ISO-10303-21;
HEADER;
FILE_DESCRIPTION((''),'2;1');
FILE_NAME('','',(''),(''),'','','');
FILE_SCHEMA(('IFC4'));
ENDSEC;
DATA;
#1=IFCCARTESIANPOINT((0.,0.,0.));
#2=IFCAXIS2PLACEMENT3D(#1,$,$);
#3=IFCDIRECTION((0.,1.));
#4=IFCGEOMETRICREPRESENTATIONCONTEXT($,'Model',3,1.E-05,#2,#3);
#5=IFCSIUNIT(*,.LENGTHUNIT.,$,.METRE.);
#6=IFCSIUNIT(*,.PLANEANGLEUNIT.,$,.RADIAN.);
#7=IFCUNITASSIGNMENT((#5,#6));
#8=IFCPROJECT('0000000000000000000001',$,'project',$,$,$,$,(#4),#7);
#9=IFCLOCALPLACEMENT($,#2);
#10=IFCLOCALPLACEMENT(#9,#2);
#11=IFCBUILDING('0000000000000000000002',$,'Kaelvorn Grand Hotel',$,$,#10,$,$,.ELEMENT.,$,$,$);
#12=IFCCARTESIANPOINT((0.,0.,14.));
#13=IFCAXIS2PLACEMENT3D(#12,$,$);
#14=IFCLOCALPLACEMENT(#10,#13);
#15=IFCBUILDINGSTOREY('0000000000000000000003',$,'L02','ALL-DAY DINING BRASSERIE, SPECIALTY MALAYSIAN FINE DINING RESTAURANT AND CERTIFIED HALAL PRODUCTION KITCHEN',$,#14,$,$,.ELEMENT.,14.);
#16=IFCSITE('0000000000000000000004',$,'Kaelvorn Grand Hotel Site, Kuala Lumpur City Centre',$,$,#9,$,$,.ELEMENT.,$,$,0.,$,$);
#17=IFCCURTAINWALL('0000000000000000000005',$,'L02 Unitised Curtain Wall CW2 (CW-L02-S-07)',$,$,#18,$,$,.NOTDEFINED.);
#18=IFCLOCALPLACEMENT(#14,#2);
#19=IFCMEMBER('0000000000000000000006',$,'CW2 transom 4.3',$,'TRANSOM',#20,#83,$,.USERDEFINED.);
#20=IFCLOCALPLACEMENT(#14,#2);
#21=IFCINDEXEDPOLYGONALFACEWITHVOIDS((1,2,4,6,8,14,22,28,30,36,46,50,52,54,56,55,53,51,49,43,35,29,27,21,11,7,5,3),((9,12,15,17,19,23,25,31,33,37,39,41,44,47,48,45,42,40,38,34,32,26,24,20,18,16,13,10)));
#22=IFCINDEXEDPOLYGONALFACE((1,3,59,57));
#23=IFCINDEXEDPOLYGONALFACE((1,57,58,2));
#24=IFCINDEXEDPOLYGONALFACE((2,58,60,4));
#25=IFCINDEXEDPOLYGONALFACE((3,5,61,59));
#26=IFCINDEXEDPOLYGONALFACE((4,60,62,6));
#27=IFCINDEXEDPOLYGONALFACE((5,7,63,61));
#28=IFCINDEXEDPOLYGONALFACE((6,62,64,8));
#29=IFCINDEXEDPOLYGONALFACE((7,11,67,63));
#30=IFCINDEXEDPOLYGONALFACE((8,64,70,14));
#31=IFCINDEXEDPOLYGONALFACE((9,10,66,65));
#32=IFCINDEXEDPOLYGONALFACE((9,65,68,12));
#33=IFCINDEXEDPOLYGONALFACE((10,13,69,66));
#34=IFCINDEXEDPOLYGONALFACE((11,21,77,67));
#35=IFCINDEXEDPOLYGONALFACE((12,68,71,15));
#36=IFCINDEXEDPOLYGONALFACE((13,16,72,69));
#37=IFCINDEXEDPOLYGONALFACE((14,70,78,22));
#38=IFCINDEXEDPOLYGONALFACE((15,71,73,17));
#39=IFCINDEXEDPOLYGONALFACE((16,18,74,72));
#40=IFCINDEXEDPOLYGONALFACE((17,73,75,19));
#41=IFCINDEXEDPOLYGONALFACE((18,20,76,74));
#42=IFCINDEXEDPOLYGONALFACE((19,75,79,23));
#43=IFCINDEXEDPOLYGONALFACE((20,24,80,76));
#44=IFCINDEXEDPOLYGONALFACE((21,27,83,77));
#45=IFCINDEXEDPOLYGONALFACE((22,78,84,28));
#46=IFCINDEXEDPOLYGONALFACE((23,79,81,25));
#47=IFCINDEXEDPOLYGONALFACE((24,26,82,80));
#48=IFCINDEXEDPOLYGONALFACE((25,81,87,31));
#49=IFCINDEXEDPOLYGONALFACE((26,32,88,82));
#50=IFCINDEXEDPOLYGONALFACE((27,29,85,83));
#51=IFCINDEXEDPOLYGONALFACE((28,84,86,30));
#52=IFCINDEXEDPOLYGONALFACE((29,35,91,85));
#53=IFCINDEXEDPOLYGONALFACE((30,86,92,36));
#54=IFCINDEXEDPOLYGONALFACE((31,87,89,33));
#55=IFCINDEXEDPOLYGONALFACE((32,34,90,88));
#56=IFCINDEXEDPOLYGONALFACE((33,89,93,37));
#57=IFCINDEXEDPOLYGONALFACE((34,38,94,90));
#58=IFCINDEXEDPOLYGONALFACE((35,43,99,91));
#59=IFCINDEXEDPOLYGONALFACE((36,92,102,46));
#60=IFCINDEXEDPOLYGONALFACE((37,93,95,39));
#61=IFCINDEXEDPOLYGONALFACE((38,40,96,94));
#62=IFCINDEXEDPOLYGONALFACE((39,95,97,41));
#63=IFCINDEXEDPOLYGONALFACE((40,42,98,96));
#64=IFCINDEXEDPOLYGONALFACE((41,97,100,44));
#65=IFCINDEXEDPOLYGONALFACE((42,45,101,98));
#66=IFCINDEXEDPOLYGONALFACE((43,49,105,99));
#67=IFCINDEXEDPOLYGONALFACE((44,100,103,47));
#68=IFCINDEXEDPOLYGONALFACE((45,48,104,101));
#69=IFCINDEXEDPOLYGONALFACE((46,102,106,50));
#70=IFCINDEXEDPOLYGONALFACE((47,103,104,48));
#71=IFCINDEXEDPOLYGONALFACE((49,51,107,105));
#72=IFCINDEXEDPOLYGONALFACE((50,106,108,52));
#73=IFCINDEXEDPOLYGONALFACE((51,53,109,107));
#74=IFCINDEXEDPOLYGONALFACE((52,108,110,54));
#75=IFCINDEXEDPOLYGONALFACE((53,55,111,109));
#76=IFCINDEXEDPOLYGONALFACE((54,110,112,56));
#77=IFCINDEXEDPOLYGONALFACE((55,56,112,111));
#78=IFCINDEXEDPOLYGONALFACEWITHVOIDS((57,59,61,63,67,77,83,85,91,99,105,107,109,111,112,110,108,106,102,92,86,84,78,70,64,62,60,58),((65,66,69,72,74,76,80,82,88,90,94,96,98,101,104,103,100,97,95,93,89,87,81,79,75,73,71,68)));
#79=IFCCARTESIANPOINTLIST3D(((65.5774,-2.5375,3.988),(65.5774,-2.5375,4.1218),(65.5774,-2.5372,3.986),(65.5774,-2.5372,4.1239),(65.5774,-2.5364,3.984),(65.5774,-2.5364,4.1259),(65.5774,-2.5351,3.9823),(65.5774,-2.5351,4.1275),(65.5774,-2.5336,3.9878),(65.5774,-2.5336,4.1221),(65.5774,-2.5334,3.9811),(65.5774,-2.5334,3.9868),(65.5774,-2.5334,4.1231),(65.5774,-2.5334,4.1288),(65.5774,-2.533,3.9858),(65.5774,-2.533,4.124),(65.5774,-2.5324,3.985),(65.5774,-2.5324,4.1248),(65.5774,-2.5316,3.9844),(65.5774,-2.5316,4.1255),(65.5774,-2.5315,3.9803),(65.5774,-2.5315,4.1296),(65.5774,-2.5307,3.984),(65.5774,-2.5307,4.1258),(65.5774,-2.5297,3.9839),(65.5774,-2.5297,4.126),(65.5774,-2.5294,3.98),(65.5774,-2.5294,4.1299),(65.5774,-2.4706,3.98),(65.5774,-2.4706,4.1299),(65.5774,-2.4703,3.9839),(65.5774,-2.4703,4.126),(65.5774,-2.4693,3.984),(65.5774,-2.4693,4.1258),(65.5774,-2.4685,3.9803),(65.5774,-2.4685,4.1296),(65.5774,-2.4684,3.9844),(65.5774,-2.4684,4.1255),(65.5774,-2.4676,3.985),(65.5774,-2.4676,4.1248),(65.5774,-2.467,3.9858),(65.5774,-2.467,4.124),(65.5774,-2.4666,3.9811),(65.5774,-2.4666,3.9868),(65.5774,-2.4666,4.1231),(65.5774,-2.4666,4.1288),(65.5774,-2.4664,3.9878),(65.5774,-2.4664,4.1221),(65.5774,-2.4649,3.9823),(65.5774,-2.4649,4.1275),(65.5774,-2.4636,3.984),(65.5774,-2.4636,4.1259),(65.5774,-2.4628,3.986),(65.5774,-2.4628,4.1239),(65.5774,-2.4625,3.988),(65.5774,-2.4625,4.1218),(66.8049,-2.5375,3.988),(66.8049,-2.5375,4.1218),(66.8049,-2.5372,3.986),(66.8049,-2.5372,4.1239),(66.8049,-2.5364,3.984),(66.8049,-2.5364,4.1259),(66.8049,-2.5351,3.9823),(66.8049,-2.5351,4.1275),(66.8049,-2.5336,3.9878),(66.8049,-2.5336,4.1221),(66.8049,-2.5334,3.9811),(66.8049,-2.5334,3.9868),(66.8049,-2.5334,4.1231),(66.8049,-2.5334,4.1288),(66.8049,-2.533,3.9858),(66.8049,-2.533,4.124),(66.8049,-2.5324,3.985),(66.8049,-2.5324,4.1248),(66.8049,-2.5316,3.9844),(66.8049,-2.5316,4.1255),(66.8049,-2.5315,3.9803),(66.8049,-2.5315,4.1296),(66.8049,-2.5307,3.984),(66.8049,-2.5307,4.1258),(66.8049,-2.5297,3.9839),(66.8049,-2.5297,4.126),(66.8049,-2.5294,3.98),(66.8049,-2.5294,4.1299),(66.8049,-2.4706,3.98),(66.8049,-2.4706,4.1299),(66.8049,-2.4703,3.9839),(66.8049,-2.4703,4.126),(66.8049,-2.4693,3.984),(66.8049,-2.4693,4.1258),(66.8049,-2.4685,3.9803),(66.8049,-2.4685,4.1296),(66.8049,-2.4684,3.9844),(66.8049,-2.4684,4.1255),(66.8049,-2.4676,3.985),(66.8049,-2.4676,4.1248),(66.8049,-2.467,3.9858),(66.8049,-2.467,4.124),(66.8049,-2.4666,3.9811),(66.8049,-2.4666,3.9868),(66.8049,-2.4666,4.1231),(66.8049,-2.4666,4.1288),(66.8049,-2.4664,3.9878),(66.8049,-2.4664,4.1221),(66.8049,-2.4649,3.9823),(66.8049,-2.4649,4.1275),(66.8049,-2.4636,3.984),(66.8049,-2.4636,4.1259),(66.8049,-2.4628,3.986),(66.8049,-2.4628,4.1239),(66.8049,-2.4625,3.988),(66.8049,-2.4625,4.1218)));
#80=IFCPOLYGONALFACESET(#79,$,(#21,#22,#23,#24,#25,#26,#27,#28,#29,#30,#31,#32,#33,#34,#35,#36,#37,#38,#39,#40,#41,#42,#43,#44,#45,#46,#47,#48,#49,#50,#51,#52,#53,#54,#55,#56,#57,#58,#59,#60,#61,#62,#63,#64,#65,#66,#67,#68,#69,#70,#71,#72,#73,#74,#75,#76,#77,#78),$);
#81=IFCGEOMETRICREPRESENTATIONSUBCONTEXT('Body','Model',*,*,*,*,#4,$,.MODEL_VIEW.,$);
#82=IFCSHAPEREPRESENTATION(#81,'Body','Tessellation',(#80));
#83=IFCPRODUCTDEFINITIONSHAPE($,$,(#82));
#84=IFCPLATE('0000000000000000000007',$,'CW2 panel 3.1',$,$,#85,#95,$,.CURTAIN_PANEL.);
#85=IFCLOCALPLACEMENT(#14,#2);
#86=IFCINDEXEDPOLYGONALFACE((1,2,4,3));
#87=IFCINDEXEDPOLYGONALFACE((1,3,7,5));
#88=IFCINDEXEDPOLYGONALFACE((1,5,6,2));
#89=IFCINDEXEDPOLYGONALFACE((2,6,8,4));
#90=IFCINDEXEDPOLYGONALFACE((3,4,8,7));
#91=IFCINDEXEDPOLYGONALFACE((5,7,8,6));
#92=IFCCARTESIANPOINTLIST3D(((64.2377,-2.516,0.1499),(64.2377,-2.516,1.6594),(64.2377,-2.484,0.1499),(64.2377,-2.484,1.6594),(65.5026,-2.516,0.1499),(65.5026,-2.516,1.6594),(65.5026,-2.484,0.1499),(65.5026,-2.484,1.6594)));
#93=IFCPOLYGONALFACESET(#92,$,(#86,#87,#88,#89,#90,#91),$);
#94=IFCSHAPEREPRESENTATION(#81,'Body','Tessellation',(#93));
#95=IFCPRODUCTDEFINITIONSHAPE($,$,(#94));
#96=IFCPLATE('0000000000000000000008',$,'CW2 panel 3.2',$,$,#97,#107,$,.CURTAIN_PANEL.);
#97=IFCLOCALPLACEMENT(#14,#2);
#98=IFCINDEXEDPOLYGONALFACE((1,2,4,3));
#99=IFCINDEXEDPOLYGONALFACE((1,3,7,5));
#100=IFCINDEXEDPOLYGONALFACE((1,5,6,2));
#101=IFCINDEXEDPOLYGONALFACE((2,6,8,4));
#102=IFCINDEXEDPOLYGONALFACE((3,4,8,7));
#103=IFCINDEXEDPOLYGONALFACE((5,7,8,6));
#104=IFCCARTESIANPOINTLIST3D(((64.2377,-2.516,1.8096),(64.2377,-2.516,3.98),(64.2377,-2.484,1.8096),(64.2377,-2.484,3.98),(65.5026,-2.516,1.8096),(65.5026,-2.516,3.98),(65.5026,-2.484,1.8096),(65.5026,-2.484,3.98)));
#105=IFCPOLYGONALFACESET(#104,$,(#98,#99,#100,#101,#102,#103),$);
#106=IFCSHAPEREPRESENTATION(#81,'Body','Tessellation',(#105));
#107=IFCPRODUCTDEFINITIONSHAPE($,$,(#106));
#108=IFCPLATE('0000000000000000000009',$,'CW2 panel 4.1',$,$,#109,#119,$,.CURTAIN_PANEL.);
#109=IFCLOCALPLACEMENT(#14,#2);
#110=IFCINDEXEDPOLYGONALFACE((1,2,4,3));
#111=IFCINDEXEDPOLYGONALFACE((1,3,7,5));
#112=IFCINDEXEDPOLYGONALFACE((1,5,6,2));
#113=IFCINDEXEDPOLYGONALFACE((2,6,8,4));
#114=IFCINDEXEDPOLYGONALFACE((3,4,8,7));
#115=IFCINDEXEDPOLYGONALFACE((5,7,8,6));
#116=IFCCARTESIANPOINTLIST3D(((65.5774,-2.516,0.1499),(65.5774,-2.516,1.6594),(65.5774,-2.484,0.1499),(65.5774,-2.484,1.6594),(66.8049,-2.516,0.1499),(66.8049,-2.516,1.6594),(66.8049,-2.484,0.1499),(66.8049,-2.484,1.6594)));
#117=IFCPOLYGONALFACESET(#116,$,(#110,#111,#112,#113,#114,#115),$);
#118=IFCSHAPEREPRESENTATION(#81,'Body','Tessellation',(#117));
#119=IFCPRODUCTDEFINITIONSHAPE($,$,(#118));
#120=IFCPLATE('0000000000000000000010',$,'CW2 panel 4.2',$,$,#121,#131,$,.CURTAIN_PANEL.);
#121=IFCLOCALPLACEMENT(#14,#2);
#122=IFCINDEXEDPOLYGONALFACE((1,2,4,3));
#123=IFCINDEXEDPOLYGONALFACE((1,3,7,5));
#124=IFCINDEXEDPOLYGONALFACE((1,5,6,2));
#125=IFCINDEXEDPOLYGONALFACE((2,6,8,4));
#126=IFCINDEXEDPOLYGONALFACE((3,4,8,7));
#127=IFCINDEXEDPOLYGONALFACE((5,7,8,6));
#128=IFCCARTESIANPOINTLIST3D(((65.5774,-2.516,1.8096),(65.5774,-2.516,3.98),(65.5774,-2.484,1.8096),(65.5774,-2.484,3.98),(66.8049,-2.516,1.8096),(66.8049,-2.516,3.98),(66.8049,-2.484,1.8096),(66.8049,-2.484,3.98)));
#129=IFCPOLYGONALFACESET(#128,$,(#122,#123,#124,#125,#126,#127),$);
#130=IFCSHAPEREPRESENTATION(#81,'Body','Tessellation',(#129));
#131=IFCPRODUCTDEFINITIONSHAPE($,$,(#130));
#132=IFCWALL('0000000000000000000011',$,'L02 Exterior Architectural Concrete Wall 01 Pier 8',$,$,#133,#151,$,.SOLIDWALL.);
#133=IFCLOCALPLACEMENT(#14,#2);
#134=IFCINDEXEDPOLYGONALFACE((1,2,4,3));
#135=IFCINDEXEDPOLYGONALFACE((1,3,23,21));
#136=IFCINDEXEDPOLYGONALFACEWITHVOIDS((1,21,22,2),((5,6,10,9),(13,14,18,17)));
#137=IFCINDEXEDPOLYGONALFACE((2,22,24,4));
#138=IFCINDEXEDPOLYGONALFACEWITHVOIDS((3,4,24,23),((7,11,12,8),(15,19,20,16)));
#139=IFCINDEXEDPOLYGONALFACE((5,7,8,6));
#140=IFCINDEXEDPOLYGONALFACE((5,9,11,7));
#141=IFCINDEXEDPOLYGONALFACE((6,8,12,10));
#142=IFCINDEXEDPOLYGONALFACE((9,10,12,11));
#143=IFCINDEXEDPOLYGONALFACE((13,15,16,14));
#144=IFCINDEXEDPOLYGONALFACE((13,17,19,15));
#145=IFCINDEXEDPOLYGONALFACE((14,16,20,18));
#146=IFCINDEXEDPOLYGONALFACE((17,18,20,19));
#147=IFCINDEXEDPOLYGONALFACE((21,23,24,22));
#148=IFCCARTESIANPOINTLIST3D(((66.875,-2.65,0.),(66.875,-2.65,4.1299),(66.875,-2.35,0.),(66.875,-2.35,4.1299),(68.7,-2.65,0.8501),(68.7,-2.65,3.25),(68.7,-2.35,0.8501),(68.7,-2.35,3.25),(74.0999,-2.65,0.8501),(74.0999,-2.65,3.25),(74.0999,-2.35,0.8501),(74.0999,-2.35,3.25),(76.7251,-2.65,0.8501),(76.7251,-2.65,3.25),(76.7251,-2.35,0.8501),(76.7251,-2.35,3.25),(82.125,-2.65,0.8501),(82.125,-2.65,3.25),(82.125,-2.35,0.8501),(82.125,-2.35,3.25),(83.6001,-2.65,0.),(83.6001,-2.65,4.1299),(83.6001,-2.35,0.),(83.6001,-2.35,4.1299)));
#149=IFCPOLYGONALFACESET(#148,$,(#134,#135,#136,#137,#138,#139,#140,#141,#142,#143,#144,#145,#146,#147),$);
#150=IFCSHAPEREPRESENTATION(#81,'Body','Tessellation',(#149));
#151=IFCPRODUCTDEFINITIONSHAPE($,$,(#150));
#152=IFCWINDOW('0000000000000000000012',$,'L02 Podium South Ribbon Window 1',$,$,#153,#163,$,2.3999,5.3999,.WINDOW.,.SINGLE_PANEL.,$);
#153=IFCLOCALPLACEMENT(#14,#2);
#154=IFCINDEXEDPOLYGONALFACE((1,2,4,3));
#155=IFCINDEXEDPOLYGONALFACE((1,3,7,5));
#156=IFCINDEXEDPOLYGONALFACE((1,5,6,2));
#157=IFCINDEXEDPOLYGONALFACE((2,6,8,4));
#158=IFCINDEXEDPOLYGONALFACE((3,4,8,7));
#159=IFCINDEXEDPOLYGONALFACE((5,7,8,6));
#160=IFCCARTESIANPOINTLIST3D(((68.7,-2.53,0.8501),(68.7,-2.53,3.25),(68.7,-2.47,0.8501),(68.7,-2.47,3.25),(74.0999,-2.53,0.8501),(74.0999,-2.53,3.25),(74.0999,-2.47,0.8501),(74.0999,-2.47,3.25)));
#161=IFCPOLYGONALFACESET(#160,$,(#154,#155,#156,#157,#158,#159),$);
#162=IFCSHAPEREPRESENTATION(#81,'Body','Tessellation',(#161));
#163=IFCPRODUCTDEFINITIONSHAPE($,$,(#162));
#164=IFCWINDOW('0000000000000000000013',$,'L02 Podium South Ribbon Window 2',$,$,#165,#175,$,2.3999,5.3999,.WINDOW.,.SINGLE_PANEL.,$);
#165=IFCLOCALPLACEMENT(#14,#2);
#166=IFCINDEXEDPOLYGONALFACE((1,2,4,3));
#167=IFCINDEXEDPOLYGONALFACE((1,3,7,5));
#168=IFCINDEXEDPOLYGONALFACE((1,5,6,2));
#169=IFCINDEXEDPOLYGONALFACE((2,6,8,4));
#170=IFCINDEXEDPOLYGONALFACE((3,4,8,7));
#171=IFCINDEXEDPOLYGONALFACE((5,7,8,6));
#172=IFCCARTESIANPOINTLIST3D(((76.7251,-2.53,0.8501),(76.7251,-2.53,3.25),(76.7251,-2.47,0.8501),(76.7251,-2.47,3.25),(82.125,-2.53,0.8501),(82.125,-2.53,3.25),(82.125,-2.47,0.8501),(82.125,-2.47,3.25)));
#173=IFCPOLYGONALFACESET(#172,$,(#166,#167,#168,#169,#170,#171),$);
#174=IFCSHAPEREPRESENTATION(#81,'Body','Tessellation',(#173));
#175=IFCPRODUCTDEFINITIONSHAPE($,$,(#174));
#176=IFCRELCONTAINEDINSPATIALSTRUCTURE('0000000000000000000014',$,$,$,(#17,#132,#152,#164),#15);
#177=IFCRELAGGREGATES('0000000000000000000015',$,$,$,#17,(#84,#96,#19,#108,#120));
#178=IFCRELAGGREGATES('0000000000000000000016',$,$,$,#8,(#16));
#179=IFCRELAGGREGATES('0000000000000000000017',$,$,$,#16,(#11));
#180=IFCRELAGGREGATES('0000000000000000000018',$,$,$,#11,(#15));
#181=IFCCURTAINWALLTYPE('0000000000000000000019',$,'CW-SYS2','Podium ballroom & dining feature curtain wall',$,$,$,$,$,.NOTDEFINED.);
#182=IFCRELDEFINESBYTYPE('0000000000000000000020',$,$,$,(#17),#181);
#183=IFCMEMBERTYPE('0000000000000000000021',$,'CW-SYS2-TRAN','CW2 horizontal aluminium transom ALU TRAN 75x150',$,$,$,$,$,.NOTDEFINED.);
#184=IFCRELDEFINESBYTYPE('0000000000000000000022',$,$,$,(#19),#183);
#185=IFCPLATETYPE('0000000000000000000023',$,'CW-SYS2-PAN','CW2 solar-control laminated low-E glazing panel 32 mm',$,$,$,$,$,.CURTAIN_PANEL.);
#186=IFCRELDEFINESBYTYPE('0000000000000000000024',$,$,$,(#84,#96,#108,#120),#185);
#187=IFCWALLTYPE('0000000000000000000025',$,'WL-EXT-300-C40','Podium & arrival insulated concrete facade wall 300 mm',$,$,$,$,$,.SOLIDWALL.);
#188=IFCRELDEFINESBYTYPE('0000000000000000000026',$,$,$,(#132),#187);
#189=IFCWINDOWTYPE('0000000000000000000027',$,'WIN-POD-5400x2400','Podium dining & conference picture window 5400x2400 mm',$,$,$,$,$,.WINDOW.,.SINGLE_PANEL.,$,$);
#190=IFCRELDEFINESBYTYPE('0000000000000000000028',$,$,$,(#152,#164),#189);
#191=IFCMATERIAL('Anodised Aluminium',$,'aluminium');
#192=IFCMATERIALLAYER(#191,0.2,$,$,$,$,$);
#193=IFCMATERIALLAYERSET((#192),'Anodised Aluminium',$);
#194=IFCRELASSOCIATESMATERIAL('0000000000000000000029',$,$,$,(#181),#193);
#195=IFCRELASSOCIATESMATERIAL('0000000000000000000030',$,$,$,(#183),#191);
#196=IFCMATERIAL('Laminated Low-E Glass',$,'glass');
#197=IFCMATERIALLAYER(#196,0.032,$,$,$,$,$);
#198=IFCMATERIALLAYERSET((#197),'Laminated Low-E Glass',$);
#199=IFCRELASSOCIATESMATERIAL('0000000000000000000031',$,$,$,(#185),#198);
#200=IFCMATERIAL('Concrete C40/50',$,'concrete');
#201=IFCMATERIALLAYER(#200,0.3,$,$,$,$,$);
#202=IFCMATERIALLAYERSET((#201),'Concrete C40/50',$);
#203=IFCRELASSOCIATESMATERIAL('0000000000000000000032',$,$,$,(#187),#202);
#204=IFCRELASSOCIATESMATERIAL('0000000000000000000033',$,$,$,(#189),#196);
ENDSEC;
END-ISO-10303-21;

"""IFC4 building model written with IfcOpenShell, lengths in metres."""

from ifc_helpers import new_model, si_unit, direction, frame, frame_2d, origin, origin_2d, place, context, subcontext, project, spatial, rectangle, hollow_rectangle, extrude, material, layer, layer_set, material_profile, profile_set, type_object, element, fill, aggregate, save


model = new_model("IFC4")

# Units and contexts
model_context = context("Model", 3, precision=1e-05, world=origin(), true_north=direction((0.0, 1.0)))
body_context = subcontext(model_context, "Body", "Model", "MODEL_VIEW")
ifc_project = project(units=[si_unit("LENGTHUNIT", "METRE"), si_unit("PLANEANGLEUNIT", "RADIAN")], contexts=[model_context])

# Site, building, storey
site_placement = place(None, origin())
site = spatial("IfcSite", under=ifc_project, at=site_placement, Name="Kaelvorn Grand Hotel Site, Kuala Lumpur City Centre", CompositionType="ELEMENT", RefElevation=0.0)
building_placement = place(site_placement, origin())
building = spatial("IfcBuilding", under=site, at=building_placement, Name="Kaelvorn Grand Hotel", CompositionType="ELEMENT")
storey_placement = place(building_placement, frame((0.0, 0.0, 14.0)))
storey = spatial("IfcBuildingStorey", under=building, at=storey_placement, Name="L02", Description="ALL-DAY DINING BRASSERIE, SPECIALTY MALAYSIAN FINE DINING RESTAURANT AND CERTIFIED HALAL PRODUCTION KITCHEN", CompositionType="ELEMENT", Elevation=14.0)

# Curtain wall, member, plates
ifc_material_1 = material(Name="Anodised Aluminium", Category="aluminium")
ifc_layer_1 = layer(ifc_material_1, 0.2)
ifc_layer_set_1 = layer_set([ifc_layer_1], Name="Anodised Aluminium")
curtain_wall_type = type_object("IfcCurtainWallType", Name="CW-SYS2", Description="Podium ballroom & dining feature curtain wall", PredefinedType="NOTDEFINED", material=ifc_layer_set_1)
curtain_wall_placement = place(storey_placement, origin())
curtain_wall = element("IfcCurtainWall", 1, at=curtain_wall_placement, inside=storey, type_object=curtain_wall_type, Name="L02 Unitised Curtain Wall CW2 (CW-L02-S-07)", PredefinedType="NOTDEFINED")
ifc_material_profile_1 = material_profile(ifc_material_1, hollow_rectangle(XDim=0.075, YDim=0.1499, WallThickness=0.0039, InnerFilletRadius=0.0039, OuterFilletRadius=0.0081, at=origin_2d()), Name="ALU TRAN 75x150")
ifc_profile_set_1 = profile_set([ifc_material_profile_1], Name="Anodised Aluminium")
member_type_1 = type_object("IfcMemberType", Name="CW-SYS2-TRAN", Description="CW2 horizontal aluminium transom ALU TRAN 75x150", PredefinedType="NOTDEFINED", material=ifc_profile_set_1)
member_1_placement = place(storey_placement, frame((65.5774, -2.5, 4.0549), z_axis=(1.0, 0.0, 0.0), x_axis=(0.0, 1.0, 0.0)))
member_1 = element("IfcMember", 2, at=member_1_placement, type_object=member_type_1, Name="CW2 transom 4.3", ObjectType="TRANSOM", PredefinedType="USERDEFINED", context=body_context, shape_type="SweptSolid", body=[
    extrude(hollow_rectangle(XDim=0.075, YDim=0.1499, WallThickness=0.0039, InnerFilletRadius=0.0039, OuterFilletRadius=0.0081, at=origin_2d()), origin(), (0.0, 0.0, 1.0), 1.2275),
])
ifc_material_2 = material(Name="Laminated Low-E Glass", Category="glass")
ifc_layer_2 = layer(ifc_material_2, 0.032)
ifc_layer_set_2 = layer_set([ifc_layer_2], Name="Laminated Low-E Glass")
plate_type = type_object("IfcPlateType", Name="CW-SYS2-PAN", Description="CW2 solar-control laminated low-E glazing panel 32 mm", PredefinedType="CURTAIN_PANEL", material=ifc_layer_set_2)
plate_1_placement = place(storey_placement, frame((64.8701, -2.5, 0.1499), z_axis=(0.0, 0.0, 1.0), x_axis=(1.0, 0.0, 0.0)))
plate_1 = element("IfcPlate", 3, at=plate_1_placement, type_object=plate_type, Name="CW2 panel 3.1", PredefinedType="CURTAIN_PANEL", context=body_context, shape_type="SweptSolid", body=[
    extrude(rectangle(XDim=1.2649, YDim=0.032, at=origin_2d()), origin(), (0.0, 0.0, 1.0), 1.5095),
])
plate_2_placement = place(storey_placement, frame((64.8701, -2.5, 1.8096), z_axis=(0.0, 0.0, 1.0), x_axis=(1.0, 0.0, 0.0)))
plate_2 = element("IfcPlate", 4, at=plate_2_placement, type_object=plate_type, Name="CW2 panel 3.2", PredefinedType="CURTAIN_PANEL", context=body_context, shape_type="SweptSolid", body=[
    extrude(rectangle(XDim=1.2649, YDim=0.032, at=origin_2d()), origin(), (0.0, 0.0, 1.0), 2.1704),
])
plate_3_placement = place(storey_placement, frame((66.1912, -2.5, 0.1499), z_axis=(0.0, 0.0, 1.0), x_axis=(1.0, 0.0, 0.0)))
plate_3 = element("IfcPlate", 5, at=plate_3_placement, type_object=plate_type, Name="CW2 panel 4.1", PredefinedType="CURTAIN_PANEL", context=body_context, shape_type="SweptSolid", body=[
    extrude(rectangle(XDim=1.2275, YDim=0.032, at=origin_2d()), origin(), (0.0, 0.0, 1.0), 1.5095),
])
plate_4_placement = place(storey_placement, frame((66.1912, -2.5, 1.8096), z_axis=(0.0, 0.0, 1.0), x_axis=(1.0, 0.0, 0.0)))
plate_4 = element("IfcPlate", 6, at=plate_4_placement, type_object=plate_type, Name="CW2 panel 4.2", PredefinedType="CURTAIN_PANEL", context=body_context, shape_type="SweptSolid", body=[
    extrude(rectangle(XDim=1.2275, YDim=0.032, at=origin_2d()), origin(), (0.0, 0.0, 1.0), 2.1704),
])
aggregate(curtain_wall, [plate_1, plate_2, member_1, plate_3, plate_4])

# Wall, openings, windows
ifc_material_3 = material(Name="Concrete C40/50", Category="concrete")
ifc_layer_3 = layer(ifc_material_3, 0.3)
ifc_layer_set_3 = layer_set([ifc_layer_3], Name="Concrete C40/50")
wall_type_1 = type_object("IfcWallType", Name="WL-EXT-300-C40", Description="Podium & arrival insulated concrete facade wall 300 mm", PredefinedType="SOLIDWALL", material=ifc_layer_set_3)
wall_1_placement = place(storey_placement, frame((66.875, -2.5, 0.0), z_axis=(0.0, 0.0, 1.0), x_axis=(1.0, 0.0, 0.0)))
wall_1 = element("IfcWall", 7, at=wall_1_placement, inside=storey, type_object=wall_type_1, Name="L02 Exterior Architectural Concrete Wall 01 Pier 8", PredefinedType="SOLIDWALL", context=body_context, shape_type="SweptSolid", body=[
    extrude(rectangle(XDim=16.7251, YDim=0.3, at=frame_2d((8.3625, 0.0))), origin(), (0.0, 0.0, 1.0), 4.1299),
])
opening_1_placement = place(wall_1_placement, frame((1.825, 0.0, 0.8501)))
opening_1 = element("IfcOpeningElement", 8, at=opening_1_placement, cuts=wall_1, PredefinedType="OPENING", context=body_context, shape_type="SweptSolid", body=[
    extrude(rectangle(XDim=5.3999, YDim=2.3999, at=frame_2d((2.7, 1.2))), frame((0.0, 0.1602, 0.0), z_axis=(0.0, -1.0, 0.0), x_axis=(1.0, 0.0, 0.0)), (0.0, 0.0, 1.0), 0.3201),
])
opening_2_placement = place(wall_1_placement, frame((9.8501, 0.0, 0.8501)))
opening_2 = element("IfcOpeningElement", 9, at=opening_2_placement, cuts=wall_1, PredefinedType="OPENING", context=body_context, shape_type="SweptSolid", body=[
    extrude(rectangle(XDim=5.3999, YDim=2.3999, at=frame_2d((2.7, 1.2))), frame((0.0, 0.1602, 0.0), z_axis=(0.0, -1.0, 0.0), x_axis=(1.0, 0.0, 0.0)), (0.0, 0.0, 1.0), 0.3201),
])
window_type = type_object("IfcWindowType", Name="WIN-POD-5400x2400", Description="Podium dining & conference picture window 5400x2400 mm", PartitioningType="SINGLE_PANEL", PredefinedType="WINDOW", material=ifc_material_2)
window_1_placement = place(opening_1_placement, origin())
window_1 = element("IfcWindow", 10, at=window_1_placement, inside=storey, type_object=window_type, Name="L02 Podium South Ribbon Window 1", OverallHeight=2.3999, OverallWidth=5.3999, PartitioningType="SINGLE_PANEL", PredefinedType="WINDOW", context=body_context, shape_type="SweptSolid", body=[
    extrude(rectangle(XDim=5.3999, YDim=2.3999, at=frame_2d((2.7, 1.2))), frame((0.0, 0.03, 0.0), z_axis=(0.0, -1.0, 0.0), x_axis=(1.0, 0.0, 0.0)), (0.0, 0.0, 1.0), 0.0601),
])
fill(opening_1, window_1)
window_2_placement = place(opening_2_placement, origin())
window_2 = element("IfcWindow", 11, at=window_2_placement, inside=storey, type_object=window_type, Name="L02 Podium South Ribbon Window 2", OverallHeight=2.3999, OverallWidth=5.3999, PartitioningType="SINGLE_PANEL", PredefinedType="WINDOW", context=body_context, shape_type="SweptSolid", body=[
    extrude(rectangle(XDim=5.3999, YDim=2.3999, at=frame_2d((2.7, 1.2))), frame((0.0, 0.03, 0.0), z_axis=(0.0, -1.0, 0.0), x_axis=(1.0, 0.0, 0.0)), (0.0, 0.0, 1.0), 0.0601),
])
fill(opening_2, window_2)

save(model, "model.ifc")
